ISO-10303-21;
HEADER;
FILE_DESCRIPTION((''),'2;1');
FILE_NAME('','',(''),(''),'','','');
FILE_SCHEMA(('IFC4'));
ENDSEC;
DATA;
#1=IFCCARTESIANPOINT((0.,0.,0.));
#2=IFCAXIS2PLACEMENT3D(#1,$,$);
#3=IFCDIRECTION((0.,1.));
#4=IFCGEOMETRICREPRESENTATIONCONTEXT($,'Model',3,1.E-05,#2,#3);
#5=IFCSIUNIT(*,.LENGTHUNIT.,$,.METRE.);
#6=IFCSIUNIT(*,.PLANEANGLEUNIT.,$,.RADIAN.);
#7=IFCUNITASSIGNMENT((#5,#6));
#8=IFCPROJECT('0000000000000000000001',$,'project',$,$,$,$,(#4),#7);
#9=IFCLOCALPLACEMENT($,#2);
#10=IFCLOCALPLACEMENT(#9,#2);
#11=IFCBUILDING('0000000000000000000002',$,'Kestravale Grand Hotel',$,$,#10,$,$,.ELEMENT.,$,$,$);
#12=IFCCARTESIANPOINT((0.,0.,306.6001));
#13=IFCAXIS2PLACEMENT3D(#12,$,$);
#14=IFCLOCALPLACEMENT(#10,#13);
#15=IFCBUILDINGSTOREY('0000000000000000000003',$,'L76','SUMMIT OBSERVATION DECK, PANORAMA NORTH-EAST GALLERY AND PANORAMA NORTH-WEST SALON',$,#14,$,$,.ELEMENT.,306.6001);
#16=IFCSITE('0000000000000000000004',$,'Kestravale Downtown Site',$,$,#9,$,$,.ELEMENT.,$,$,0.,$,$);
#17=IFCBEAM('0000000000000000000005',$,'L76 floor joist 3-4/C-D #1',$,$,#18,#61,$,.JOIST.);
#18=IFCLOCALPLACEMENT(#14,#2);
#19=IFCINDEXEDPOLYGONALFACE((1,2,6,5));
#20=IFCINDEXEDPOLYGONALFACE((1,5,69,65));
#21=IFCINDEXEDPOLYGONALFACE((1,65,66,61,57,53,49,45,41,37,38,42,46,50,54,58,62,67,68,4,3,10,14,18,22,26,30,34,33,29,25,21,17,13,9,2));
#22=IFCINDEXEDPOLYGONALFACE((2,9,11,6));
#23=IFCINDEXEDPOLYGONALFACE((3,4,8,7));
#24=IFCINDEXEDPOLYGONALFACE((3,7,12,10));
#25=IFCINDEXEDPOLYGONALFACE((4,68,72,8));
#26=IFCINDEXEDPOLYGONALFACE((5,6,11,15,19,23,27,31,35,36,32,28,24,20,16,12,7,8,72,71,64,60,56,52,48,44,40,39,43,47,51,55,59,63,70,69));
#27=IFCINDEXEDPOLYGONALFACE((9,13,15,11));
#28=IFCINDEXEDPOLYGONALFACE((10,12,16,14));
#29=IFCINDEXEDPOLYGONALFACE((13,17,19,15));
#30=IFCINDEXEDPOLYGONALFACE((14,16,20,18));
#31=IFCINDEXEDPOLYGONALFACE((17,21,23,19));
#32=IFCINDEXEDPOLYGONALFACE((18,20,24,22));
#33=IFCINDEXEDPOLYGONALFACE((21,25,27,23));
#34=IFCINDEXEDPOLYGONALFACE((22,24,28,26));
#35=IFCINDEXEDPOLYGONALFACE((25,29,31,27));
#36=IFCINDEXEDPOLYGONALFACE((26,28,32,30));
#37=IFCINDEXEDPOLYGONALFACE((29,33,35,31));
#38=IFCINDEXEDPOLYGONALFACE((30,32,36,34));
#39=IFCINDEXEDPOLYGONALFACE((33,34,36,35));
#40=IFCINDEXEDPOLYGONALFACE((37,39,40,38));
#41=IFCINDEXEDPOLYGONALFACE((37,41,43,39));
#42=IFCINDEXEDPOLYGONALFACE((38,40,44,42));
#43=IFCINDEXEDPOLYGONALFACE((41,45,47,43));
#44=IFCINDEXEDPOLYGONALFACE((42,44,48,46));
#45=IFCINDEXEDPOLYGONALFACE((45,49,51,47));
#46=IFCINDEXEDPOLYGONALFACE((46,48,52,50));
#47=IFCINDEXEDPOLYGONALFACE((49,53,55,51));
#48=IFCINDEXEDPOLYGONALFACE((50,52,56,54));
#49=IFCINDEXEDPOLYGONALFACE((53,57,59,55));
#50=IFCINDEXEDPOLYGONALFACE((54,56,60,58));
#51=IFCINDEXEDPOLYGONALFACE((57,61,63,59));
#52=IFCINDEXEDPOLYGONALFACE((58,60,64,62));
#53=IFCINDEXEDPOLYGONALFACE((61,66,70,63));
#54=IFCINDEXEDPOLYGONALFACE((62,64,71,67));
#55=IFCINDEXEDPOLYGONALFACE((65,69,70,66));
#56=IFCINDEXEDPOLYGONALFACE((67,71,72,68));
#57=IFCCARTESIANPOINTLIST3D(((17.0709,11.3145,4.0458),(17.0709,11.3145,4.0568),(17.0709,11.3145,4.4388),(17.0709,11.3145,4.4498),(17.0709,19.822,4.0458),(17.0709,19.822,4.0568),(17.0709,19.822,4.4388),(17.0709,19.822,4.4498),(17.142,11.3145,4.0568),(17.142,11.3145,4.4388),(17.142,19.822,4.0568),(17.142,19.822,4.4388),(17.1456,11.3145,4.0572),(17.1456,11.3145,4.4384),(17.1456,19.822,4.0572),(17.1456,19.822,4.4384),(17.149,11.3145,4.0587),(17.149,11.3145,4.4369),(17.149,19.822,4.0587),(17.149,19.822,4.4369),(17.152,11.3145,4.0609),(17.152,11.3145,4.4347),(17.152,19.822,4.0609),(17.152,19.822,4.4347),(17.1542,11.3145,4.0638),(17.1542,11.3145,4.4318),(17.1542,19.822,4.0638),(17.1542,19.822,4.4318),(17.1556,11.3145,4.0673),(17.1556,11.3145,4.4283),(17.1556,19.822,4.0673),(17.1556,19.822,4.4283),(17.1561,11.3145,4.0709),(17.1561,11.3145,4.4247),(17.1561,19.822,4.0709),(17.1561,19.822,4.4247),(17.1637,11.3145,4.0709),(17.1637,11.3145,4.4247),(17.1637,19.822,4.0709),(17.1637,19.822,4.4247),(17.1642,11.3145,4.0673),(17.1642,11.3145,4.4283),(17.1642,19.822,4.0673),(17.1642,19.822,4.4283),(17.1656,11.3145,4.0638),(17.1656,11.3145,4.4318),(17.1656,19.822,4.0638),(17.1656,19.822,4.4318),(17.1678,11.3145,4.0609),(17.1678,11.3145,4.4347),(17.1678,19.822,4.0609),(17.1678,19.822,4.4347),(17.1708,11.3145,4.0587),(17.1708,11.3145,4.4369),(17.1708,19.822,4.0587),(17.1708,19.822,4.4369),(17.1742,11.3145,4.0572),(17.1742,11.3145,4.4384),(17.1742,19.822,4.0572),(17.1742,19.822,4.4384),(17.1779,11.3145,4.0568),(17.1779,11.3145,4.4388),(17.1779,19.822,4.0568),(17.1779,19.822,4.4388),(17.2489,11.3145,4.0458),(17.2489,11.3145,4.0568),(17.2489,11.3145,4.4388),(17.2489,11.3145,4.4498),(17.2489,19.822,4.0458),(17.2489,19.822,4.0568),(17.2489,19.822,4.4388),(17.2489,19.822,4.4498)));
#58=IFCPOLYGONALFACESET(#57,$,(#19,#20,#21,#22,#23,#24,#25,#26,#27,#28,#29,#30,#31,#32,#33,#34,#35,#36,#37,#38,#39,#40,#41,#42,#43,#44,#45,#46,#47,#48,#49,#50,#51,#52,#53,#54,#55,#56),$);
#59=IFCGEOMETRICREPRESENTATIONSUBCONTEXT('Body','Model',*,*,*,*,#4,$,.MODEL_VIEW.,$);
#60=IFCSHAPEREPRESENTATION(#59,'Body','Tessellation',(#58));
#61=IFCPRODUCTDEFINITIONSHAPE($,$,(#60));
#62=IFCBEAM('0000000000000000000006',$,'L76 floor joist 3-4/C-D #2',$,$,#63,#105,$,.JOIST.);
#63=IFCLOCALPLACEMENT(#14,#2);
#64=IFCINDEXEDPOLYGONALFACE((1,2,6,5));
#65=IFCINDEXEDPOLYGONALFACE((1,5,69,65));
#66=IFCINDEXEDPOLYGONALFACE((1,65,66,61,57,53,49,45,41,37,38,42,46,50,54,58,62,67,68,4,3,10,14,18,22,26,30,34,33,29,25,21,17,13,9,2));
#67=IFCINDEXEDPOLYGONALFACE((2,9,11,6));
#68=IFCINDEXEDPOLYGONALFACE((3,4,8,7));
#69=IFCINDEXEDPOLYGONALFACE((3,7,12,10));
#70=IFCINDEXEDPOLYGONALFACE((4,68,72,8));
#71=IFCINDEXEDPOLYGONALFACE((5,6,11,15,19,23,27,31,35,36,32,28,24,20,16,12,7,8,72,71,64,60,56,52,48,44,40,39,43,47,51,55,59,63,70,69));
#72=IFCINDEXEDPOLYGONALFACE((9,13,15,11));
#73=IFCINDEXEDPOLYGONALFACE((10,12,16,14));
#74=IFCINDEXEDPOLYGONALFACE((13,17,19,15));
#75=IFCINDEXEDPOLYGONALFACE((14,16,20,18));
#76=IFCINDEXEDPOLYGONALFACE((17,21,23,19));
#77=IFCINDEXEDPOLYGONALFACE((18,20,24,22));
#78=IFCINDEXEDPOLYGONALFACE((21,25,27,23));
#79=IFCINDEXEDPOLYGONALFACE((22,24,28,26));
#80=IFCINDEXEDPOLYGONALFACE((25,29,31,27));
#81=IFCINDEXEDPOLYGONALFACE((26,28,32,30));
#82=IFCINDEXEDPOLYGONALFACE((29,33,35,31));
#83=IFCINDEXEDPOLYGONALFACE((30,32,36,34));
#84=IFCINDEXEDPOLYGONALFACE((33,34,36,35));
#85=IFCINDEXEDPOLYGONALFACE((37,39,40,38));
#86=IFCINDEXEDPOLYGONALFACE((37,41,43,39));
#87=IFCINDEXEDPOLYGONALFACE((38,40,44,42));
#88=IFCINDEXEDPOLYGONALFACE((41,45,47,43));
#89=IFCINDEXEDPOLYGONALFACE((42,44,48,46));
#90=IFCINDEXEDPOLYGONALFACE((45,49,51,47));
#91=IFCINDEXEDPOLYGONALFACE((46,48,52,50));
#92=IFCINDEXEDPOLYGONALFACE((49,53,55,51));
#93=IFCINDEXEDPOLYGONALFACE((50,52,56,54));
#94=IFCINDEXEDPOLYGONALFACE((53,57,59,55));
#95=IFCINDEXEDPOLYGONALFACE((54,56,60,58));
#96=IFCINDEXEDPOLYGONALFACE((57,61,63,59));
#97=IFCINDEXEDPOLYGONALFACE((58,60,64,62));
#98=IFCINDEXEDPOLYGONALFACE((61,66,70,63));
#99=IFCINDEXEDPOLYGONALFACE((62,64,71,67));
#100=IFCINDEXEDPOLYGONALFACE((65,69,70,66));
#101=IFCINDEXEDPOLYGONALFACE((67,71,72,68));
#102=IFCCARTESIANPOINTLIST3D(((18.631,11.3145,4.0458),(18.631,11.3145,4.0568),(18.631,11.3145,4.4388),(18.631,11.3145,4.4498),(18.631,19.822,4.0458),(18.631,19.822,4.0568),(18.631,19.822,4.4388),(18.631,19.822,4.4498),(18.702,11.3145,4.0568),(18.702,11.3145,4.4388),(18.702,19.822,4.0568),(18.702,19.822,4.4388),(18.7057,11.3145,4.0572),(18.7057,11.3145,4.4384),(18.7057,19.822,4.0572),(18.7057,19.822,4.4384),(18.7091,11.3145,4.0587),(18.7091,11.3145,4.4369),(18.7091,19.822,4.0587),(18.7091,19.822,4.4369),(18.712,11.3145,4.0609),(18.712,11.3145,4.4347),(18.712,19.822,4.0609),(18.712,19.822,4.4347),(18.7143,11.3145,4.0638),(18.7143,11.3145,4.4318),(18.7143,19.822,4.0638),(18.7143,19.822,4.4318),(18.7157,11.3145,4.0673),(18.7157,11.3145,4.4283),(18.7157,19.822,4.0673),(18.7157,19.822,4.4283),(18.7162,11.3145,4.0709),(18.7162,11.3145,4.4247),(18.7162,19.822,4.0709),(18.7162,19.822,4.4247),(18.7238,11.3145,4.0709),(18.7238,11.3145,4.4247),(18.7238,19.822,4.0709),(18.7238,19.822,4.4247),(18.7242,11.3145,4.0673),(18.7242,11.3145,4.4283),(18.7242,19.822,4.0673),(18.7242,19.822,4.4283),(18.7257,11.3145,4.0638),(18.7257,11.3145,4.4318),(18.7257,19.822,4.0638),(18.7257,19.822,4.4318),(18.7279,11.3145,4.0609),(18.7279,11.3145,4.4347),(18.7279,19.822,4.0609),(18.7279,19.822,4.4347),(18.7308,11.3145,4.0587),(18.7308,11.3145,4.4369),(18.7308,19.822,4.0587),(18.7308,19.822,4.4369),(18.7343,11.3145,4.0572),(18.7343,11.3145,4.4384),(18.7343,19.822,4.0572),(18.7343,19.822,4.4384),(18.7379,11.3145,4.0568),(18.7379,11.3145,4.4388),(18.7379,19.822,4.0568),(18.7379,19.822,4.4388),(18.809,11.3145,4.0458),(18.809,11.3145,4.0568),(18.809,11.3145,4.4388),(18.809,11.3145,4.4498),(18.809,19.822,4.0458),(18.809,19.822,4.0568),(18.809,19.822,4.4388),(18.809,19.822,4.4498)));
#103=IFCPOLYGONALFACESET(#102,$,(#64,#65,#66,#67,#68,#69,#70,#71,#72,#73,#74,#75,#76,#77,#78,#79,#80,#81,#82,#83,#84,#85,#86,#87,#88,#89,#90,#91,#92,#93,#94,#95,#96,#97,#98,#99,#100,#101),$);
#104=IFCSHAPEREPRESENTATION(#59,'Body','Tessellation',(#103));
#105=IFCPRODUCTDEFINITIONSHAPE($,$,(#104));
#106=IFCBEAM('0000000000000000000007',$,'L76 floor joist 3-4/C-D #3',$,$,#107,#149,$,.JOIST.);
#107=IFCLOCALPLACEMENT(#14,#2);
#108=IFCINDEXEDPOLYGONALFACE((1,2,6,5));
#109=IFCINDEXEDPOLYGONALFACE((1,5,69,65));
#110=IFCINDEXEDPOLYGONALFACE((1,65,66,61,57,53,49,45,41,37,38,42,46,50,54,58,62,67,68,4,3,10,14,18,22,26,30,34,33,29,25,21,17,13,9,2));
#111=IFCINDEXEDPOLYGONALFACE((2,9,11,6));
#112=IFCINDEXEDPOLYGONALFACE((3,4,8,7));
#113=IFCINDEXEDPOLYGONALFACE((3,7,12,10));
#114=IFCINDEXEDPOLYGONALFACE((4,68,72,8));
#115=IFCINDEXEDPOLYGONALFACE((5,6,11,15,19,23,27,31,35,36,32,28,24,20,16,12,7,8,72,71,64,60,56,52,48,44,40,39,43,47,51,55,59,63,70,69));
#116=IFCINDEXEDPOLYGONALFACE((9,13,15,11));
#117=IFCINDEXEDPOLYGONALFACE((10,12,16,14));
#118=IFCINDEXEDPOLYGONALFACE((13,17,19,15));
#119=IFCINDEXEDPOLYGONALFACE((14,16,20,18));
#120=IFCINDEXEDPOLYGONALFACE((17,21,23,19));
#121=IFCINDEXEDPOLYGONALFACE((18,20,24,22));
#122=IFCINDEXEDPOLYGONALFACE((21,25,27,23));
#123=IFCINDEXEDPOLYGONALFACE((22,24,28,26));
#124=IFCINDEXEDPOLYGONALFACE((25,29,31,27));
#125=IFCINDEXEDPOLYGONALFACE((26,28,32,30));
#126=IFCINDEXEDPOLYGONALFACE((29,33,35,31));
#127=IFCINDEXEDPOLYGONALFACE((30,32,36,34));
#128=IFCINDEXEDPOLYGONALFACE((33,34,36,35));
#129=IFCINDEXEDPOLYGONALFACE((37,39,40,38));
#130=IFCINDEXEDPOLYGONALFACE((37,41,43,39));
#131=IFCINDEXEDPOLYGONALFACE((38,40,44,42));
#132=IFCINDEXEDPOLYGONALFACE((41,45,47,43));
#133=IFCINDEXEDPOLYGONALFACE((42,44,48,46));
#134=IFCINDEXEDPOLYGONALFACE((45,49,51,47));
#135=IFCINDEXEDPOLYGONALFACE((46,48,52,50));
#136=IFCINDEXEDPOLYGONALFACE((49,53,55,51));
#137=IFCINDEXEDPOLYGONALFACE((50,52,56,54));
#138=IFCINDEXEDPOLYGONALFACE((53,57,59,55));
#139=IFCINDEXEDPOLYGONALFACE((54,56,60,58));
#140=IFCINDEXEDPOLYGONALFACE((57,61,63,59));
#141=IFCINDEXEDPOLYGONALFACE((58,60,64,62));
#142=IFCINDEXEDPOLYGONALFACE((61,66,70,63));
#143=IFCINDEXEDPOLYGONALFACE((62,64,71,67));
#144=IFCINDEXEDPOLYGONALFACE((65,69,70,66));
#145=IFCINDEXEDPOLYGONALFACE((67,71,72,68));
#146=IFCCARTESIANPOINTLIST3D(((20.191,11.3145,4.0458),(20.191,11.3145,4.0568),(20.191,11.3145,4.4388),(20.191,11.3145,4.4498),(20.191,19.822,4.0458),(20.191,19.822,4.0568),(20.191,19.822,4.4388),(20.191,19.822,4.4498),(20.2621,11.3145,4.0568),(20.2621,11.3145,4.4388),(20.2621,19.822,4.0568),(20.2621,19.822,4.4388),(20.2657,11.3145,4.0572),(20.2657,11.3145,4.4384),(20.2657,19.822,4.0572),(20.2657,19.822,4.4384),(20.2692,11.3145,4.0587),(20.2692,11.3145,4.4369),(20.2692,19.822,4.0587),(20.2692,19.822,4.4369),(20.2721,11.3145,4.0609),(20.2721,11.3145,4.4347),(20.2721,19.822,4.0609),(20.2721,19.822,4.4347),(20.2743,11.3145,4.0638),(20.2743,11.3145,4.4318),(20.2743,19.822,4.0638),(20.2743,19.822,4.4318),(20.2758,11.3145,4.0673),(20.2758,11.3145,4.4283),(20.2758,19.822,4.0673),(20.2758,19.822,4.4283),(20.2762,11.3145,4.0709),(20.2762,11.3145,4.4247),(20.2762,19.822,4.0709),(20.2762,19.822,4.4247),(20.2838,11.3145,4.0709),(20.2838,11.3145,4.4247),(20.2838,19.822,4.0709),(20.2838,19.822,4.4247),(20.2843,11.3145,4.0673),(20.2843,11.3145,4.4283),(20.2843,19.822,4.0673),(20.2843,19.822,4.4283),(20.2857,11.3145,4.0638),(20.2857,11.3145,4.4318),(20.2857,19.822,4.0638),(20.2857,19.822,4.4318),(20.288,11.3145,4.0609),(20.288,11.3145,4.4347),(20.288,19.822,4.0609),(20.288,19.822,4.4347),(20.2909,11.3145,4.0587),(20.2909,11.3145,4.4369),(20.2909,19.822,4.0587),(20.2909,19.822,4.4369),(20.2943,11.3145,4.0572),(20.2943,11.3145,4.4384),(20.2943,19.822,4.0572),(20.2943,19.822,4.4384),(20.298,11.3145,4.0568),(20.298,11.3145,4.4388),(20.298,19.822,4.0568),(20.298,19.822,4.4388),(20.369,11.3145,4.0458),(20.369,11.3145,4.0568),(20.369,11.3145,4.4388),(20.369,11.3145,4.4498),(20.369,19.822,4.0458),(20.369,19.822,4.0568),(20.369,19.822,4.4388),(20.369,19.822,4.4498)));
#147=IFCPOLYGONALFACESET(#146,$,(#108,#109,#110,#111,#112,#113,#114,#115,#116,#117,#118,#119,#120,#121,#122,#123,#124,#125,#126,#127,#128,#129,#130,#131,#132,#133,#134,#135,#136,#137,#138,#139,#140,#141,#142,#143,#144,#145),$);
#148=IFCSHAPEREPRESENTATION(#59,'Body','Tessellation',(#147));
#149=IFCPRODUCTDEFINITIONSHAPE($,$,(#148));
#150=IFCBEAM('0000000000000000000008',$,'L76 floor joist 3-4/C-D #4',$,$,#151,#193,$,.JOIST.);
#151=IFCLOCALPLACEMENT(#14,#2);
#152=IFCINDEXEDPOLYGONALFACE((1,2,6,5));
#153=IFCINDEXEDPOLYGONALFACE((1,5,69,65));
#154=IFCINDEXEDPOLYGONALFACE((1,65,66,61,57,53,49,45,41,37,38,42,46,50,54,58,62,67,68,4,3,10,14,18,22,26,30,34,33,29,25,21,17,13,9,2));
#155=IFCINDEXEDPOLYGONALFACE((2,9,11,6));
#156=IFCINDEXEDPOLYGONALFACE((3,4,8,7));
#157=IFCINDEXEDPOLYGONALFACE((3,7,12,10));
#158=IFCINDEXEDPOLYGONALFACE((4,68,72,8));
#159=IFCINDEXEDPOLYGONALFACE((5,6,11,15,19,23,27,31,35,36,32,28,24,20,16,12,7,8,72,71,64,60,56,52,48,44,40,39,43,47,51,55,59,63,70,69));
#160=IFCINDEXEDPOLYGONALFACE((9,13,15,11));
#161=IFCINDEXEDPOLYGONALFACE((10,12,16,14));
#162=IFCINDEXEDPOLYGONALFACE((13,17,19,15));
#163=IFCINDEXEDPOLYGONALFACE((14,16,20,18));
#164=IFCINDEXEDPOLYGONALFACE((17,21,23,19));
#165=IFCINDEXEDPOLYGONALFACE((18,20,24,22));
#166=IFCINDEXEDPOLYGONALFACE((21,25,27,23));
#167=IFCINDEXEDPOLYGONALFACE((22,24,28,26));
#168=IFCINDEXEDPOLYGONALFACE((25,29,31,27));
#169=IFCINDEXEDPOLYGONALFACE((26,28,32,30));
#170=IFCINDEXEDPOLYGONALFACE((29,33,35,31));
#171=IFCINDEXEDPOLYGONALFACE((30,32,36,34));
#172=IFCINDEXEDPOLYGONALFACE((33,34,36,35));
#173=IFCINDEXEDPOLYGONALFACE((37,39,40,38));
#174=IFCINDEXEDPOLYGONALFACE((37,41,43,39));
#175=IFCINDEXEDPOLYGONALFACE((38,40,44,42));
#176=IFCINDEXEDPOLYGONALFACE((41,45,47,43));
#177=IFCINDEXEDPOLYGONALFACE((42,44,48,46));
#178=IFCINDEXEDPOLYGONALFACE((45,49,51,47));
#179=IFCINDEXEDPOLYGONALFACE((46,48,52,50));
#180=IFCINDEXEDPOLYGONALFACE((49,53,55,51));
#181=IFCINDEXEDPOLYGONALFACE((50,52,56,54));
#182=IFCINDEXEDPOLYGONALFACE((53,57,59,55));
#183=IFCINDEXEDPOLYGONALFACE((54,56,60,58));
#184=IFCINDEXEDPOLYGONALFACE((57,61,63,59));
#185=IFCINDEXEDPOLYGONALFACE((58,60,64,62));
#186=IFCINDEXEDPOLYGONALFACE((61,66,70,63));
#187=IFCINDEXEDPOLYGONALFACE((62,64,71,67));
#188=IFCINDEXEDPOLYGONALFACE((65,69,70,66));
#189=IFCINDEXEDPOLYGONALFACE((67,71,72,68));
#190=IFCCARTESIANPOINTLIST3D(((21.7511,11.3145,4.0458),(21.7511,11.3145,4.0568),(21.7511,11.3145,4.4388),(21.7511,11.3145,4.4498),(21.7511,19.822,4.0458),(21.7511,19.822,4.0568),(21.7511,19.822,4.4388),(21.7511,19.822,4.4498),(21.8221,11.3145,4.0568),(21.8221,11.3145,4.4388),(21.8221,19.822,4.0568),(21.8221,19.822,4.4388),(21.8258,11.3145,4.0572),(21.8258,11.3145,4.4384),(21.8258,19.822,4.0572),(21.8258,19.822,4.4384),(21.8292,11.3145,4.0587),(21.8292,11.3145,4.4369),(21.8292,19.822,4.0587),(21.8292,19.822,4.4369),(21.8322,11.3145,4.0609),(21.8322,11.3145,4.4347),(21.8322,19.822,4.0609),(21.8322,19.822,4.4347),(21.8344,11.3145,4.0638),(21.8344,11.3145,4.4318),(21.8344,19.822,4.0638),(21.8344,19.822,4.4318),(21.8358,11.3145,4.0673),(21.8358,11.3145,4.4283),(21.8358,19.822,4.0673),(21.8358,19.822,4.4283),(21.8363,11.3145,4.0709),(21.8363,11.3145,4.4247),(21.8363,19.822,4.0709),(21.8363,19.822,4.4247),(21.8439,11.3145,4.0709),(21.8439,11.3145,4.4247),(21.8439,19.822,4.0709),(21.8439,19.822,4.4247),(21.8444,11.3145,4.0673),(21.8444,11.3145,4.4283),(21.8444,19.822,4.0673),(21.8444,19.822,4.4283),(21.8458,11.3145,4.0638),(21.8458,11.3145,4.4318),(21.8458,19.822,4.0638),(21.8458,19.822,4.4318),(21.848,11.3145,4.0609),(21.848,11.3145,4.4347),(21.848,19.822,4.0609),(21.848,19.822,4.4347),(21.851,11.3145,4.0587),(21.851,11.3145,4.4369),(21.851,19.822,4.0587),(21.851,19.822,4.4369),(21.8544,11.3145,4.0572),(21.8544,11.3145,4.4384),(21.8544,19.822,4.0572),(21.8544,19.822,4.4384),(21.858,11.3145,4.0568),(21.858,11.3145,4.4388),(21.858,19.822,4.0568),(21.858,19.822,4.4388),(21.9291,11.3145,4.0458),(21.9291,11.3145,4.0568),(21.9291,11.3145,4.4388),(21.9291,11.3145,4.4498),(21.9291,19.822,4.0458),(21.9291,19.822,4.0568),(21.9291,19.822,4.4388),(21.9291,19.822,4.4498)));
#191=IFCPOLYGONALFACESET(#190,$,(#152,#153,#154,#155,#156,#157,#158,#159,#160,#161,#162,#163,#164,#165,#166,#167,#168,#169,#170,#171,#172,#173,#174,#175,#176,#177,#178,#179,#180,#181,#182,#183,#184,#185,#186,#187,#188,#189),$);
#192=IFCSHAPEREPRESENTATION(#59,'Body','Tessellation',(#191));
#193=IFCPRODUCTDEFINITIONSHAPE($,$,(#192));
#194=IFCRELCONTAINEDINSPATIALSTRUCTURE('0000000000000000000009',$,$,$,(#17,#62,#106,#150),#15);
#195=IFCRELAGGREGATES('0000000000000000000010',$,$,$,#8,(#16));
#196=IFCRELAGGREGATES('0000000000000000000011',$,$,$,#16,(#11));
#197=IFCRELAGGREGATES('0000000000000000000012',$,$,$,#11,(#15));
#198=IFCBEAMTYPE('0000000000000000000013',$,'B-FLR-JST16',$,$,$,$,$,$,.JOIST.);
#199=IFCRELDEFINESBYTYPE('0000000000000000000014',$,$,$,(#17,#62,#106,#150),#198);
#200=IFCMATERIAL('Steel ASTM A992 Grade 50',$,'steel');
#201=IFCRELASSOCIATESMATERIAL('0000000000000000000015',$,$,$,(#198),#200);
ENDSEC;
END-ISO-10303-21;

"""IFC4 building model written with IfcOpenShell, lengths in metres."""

from ifc_helpers import new_model, si_unit, direction, frame, origin, origin_2d, place, context, subcontext, project, spatial, i_section, extrude, material, material_profile, profile_set, type_object, element, save


model = new_model("IFC4")

# Units and contexts
model_context = context("Model", 3, precision=1e-05, world=origin(), true_north=direction((0.0, 1.0)))
body_context = subcontext(model_context, "Body", "Model", "MODEL_VIEW")
ifc_project = project(units=[si_unit("LENGTHUNIT", "METRE"), si_unit("PLANEANGLEUNIT", "RADIAN")], contexts=[model_context])

# Site, building, storey
site_placement = place(None, origin())
site = spatial("IfcSite", under=ifc_project, at=site_placement, Name="Kestravale Downtown Site", CompositionType="ELEMENT", RefElevation=0.0)
building_placement = place(site_placement, origin())
building = spatial("IfcBuilding", under=site, at=building_placement, Name="Kestravale Grand Hotel", CompositionType="ELEMENT")
storey_placement = place(building_placement, frame((0.0, 0.0, 306.6001)))
storey = spatial("IfcBuildingStorey", under=building, at=storey_placement, Name="L76", Description="SUMMIT OBSERVATION DECK, PANORAMA NORTH-EAST GALLERY AND PANORAMA NORTH-WEST SALON", CompositionType="ELEMENT", Elevation=306.6001)

# Beams
ifc_material_1 = material(Name="Steel ASTM A992 Grade 50", Category="steel")
ifc_material_profile_1 = material_profile(ifc_material_1, i_section(OverallWidth=0.178, OverallDepth=0.4041, WebThickness=0.0076, FlangeThickness=0.011, FilletRadius=0.0142, at=origin_2d()))
ifc_profile_set_1 = profile_set([ifc_material_profile_1], Name="Steel ASTM A992 Grade 50")
beam_type_1 = type_object("IfcBeamType", Name="B-FLR-JST16", PredefinedType="JOIST", material=ifc_profile_set_1)
for number, where, z_axis, x_axis, name in (
    (1, (17.1599, 11.3145, 4.2478), (0.0, 1.0, 0.0), (-1.0, 0.0, 0.0), "L76 floor joist 3-4/C-D #1"),
    (2, (18.72, 11.3145, 4.2478), (0.0, 1.0, 0.0), (-1.0, 0.0, 0.0), "L76 floor joist 3-4/C-D #2"),
    (3, (20.28, 11.3145, 4.2478), (0.0, 1.0, 0.0), (-1.0, 0.0, 0.0), "L76 floor joist 3-4/C-D #3"),
    (4, (21.8401, 11.3145, 4.2478), (0.0, 1.0, 0.0), (-1.0, 0.0, 0.0), "L76 floor joist 3-4/C-D #4"),
):
    element("IfcBeam", number, at=place(storey_placement, frame(where, z_axis=z_axis, x_axis=x_axis)), inside=storey, type_object=beam_type_1, Name=name, PredefinedType="JOIST", context=body_context, shape_type="SweptSolid", body=[
        extrude(i_section(OverallWidth=0.178, OverallDepth=0.4041, WebThickness=0.0076, FlangeThickness=0.011, FilletRadius=0.0142, at=origin_2d()), origin(), (0.0, 0.0, 1.0), 8.5076),
    ])

save(model, "model.ifc")
